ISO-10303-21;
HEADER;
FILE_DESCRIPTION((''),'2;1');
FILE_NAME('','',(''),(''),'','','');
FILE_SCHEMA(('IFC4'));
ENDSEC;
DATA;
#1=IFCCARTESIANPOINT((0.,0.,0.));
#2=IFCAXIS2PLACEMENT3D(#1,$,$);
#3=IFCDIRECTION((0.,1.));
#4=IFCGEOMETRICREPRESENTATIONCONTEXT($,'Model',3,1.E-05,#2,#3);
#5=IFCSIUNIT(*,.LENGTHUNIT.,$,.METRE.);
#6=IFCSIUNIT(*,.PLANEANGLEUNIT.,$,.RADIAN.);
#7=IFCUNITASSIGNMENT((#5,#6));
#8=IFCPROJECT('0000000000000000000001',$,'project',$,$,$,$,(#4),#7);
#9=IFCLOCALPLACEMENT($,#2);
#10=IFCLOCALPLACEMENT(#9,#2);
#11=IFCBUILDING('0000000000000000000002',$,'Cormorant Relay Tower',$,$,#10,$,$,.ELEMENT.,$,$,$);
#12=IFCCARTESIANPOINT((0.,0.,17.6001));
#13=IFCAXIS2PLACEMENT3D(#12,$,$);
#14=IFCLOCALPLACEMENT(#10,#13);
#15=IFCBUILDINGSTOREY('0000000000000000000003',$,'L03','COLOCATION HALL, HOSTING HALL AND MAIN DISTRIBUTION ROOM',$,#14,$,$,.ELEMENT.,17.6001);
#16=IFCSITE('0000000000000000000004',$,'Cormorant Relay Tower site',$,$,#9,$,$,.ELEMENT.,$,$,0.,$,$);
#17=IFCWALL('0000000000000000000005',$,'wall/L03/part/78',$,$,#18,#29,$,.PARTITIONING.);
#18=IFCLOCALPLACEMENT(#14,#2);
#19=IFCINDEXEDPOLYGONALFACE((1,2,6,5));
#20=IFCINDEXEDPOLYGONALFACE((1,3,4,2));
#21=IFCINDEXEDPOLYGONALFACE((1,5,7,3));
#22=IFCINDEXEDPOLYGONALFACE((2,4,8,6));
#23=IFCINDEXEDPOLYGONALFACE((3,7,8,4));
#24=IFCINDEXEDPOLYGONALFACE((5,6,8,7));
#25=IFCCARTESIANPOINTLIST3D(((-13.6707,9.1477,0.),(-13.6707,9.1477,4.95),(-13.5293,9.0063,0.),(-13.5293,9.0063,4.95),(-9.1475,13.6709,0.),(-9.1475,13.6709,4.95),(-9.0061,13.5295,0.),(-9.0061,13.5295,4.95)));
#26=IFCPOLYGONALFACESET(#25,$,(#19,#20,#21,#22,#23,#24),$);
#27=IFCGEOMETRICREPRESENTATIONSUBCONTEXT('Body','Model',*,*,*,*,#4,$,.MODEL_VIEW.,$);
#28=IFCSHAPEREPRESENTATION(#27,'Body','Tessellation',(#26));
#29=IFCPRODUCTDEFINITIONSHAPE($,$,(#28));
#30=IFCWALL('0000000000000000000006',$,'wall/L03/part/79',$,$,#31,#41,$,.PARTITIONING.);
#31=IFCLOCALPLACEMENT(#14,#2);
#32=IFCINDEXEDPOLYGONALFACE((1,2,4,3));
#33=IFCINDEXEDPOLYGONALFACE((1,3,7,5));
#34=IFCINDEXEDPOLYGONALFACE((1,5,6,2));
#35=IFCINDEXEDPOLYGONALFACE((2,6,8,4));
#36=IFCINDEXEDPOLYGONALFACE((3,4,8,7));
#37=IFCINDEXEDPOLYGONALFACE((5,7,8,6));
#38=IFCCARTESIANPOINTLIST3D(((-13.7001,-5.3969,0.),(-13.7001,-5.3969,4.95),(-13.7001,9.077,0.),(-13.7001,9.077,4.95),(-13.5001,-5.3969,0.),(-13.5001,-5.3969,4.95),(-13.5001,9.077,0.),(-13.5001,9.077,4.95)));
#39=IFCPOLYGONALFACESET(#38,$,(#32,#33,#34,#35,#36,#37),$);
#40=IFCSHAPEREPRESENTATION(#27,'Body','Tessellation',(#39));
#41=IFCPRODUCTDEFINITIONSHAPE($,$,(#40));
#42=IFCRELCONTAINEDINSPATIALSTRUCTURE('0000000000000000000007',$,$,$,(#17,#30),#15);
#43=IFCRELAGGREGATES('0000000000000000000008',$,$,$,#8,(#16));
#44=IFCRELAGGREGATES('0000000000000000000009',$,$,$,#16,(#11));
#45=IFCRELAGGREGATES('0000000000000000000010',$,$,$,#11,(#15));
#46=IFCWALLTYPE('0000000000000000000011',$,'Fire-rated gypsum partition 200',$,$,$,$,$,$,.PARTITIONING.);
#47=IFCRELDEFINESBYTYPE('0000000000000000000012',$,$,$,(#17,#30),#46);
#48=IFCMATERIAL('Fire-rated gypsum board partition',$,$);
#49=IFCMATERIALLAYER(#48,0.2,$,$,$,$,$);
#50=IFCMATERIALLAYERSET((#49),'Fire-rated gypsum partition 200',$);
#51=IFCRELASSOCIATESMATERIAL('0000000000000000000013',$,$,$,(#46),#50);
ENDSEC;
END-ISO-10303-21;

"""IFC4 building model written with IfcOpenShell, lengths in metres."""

from ifc_helpers import new_model, si_unit, direction, frame, frame_2d, origin, place, context, subcontext, project, spatial, rectangle, extrude, material, layer, layer_set, type_object, element, save


model = new_model("IFC4")

# Units and contexts
model_context = context("Model", 3, precision=1e-05, world=origin(), true_north=direction((0.0, 1.0)))
body_context = subcontext(model_context, "Body", "Model", "MODEL_VIEW")
ifc_project = project(units=[si_unit("LENGTHUNIT", "METRE"), si_unit("PLANEANGLEUNIT", "RADIAN")], contexts=[model_context])

# Site, building, storey
site_placement = place(None, origin())
site = spatial("IfcSite", under=ifc_project, at=site_placement, Name="Cormorant Relay Tower site", CompositionType="ELEMENT", RefElevation=0.0)
building_placement = place(site_placement, origin())
building = spatial("IfcBuilding", under=site, at=building_placement, Name="Cormorant Relay Tower", CompositionType="ELEMENT")
storey_placement = place(building_placement, frame((0.0, 0.0, 17.6001)))
storey = spatial("IfcBuildingStorey", under=building, at=storey_placement, Name="L03", Description="COLOCATION HALL, HOSTING HALL AND MAIN DISTRIBUTION ROOM", CompositionType="ELEMENT", Elevation=17.6001)

# Walls
ifc_material_1 = material(Name="Fire-rated gypsum board partition")
ifc_layer_1 = layer(ifc_material_1, 0.2)
ifc_layer_set_1 = layer_set([ifc_layer_1], Name="Fire-rated gypsum partition 200")
wall_type_1 = type_object("IfcWallType", Name="Fire-rated gypsum partition 200", PredefinedType="PARTITIONING", material=ifc_layer_set_1)
wall_1_placement = place(storey_placement, frame((-9.0769, 13.6001, 0.0), z_axis=(0.0, 0.0, 1.0), x_axis=(-0.707107, -0.707107, 0.0)))
element("IfcWall", 1, at=wall_1_placement, inside=storey, type_object=wall_type_1, Name="wall/L03/part/78", PredefinedType="PARTITIONING", context=body_context, shape_type="SweptSolid", body=[
    extrude(rectangle(XDim=6.3967, YDim=0.2, at=frame_2d((3.1982, 0.0))), origin(), (0.0, 0.0, 1.0), 4.95),
])
wall_2_placement = place(storey_placement, frame((-13.6001, 9.0769, 0.0), z_axis=(0.0, 0.0, 1.0), x_axis=(0.0, -1.0, 0.0)))
element("IfcWall", 2, at=wall_2_placement, inside=storey, type_object=wall_type_1, Name="wall/L03/part/79", PredefinedType="PARTITIONING", context=body_context, shape_type="SweptSolid", body=[
    extrude(rectangle(XDim=14.4739, YDim=0.2, at=frame_2d((7.2368, 0.0))), origin(), (0.0, 0.0, 1.0), 4.95),
])

save(model, "model.ifc")
